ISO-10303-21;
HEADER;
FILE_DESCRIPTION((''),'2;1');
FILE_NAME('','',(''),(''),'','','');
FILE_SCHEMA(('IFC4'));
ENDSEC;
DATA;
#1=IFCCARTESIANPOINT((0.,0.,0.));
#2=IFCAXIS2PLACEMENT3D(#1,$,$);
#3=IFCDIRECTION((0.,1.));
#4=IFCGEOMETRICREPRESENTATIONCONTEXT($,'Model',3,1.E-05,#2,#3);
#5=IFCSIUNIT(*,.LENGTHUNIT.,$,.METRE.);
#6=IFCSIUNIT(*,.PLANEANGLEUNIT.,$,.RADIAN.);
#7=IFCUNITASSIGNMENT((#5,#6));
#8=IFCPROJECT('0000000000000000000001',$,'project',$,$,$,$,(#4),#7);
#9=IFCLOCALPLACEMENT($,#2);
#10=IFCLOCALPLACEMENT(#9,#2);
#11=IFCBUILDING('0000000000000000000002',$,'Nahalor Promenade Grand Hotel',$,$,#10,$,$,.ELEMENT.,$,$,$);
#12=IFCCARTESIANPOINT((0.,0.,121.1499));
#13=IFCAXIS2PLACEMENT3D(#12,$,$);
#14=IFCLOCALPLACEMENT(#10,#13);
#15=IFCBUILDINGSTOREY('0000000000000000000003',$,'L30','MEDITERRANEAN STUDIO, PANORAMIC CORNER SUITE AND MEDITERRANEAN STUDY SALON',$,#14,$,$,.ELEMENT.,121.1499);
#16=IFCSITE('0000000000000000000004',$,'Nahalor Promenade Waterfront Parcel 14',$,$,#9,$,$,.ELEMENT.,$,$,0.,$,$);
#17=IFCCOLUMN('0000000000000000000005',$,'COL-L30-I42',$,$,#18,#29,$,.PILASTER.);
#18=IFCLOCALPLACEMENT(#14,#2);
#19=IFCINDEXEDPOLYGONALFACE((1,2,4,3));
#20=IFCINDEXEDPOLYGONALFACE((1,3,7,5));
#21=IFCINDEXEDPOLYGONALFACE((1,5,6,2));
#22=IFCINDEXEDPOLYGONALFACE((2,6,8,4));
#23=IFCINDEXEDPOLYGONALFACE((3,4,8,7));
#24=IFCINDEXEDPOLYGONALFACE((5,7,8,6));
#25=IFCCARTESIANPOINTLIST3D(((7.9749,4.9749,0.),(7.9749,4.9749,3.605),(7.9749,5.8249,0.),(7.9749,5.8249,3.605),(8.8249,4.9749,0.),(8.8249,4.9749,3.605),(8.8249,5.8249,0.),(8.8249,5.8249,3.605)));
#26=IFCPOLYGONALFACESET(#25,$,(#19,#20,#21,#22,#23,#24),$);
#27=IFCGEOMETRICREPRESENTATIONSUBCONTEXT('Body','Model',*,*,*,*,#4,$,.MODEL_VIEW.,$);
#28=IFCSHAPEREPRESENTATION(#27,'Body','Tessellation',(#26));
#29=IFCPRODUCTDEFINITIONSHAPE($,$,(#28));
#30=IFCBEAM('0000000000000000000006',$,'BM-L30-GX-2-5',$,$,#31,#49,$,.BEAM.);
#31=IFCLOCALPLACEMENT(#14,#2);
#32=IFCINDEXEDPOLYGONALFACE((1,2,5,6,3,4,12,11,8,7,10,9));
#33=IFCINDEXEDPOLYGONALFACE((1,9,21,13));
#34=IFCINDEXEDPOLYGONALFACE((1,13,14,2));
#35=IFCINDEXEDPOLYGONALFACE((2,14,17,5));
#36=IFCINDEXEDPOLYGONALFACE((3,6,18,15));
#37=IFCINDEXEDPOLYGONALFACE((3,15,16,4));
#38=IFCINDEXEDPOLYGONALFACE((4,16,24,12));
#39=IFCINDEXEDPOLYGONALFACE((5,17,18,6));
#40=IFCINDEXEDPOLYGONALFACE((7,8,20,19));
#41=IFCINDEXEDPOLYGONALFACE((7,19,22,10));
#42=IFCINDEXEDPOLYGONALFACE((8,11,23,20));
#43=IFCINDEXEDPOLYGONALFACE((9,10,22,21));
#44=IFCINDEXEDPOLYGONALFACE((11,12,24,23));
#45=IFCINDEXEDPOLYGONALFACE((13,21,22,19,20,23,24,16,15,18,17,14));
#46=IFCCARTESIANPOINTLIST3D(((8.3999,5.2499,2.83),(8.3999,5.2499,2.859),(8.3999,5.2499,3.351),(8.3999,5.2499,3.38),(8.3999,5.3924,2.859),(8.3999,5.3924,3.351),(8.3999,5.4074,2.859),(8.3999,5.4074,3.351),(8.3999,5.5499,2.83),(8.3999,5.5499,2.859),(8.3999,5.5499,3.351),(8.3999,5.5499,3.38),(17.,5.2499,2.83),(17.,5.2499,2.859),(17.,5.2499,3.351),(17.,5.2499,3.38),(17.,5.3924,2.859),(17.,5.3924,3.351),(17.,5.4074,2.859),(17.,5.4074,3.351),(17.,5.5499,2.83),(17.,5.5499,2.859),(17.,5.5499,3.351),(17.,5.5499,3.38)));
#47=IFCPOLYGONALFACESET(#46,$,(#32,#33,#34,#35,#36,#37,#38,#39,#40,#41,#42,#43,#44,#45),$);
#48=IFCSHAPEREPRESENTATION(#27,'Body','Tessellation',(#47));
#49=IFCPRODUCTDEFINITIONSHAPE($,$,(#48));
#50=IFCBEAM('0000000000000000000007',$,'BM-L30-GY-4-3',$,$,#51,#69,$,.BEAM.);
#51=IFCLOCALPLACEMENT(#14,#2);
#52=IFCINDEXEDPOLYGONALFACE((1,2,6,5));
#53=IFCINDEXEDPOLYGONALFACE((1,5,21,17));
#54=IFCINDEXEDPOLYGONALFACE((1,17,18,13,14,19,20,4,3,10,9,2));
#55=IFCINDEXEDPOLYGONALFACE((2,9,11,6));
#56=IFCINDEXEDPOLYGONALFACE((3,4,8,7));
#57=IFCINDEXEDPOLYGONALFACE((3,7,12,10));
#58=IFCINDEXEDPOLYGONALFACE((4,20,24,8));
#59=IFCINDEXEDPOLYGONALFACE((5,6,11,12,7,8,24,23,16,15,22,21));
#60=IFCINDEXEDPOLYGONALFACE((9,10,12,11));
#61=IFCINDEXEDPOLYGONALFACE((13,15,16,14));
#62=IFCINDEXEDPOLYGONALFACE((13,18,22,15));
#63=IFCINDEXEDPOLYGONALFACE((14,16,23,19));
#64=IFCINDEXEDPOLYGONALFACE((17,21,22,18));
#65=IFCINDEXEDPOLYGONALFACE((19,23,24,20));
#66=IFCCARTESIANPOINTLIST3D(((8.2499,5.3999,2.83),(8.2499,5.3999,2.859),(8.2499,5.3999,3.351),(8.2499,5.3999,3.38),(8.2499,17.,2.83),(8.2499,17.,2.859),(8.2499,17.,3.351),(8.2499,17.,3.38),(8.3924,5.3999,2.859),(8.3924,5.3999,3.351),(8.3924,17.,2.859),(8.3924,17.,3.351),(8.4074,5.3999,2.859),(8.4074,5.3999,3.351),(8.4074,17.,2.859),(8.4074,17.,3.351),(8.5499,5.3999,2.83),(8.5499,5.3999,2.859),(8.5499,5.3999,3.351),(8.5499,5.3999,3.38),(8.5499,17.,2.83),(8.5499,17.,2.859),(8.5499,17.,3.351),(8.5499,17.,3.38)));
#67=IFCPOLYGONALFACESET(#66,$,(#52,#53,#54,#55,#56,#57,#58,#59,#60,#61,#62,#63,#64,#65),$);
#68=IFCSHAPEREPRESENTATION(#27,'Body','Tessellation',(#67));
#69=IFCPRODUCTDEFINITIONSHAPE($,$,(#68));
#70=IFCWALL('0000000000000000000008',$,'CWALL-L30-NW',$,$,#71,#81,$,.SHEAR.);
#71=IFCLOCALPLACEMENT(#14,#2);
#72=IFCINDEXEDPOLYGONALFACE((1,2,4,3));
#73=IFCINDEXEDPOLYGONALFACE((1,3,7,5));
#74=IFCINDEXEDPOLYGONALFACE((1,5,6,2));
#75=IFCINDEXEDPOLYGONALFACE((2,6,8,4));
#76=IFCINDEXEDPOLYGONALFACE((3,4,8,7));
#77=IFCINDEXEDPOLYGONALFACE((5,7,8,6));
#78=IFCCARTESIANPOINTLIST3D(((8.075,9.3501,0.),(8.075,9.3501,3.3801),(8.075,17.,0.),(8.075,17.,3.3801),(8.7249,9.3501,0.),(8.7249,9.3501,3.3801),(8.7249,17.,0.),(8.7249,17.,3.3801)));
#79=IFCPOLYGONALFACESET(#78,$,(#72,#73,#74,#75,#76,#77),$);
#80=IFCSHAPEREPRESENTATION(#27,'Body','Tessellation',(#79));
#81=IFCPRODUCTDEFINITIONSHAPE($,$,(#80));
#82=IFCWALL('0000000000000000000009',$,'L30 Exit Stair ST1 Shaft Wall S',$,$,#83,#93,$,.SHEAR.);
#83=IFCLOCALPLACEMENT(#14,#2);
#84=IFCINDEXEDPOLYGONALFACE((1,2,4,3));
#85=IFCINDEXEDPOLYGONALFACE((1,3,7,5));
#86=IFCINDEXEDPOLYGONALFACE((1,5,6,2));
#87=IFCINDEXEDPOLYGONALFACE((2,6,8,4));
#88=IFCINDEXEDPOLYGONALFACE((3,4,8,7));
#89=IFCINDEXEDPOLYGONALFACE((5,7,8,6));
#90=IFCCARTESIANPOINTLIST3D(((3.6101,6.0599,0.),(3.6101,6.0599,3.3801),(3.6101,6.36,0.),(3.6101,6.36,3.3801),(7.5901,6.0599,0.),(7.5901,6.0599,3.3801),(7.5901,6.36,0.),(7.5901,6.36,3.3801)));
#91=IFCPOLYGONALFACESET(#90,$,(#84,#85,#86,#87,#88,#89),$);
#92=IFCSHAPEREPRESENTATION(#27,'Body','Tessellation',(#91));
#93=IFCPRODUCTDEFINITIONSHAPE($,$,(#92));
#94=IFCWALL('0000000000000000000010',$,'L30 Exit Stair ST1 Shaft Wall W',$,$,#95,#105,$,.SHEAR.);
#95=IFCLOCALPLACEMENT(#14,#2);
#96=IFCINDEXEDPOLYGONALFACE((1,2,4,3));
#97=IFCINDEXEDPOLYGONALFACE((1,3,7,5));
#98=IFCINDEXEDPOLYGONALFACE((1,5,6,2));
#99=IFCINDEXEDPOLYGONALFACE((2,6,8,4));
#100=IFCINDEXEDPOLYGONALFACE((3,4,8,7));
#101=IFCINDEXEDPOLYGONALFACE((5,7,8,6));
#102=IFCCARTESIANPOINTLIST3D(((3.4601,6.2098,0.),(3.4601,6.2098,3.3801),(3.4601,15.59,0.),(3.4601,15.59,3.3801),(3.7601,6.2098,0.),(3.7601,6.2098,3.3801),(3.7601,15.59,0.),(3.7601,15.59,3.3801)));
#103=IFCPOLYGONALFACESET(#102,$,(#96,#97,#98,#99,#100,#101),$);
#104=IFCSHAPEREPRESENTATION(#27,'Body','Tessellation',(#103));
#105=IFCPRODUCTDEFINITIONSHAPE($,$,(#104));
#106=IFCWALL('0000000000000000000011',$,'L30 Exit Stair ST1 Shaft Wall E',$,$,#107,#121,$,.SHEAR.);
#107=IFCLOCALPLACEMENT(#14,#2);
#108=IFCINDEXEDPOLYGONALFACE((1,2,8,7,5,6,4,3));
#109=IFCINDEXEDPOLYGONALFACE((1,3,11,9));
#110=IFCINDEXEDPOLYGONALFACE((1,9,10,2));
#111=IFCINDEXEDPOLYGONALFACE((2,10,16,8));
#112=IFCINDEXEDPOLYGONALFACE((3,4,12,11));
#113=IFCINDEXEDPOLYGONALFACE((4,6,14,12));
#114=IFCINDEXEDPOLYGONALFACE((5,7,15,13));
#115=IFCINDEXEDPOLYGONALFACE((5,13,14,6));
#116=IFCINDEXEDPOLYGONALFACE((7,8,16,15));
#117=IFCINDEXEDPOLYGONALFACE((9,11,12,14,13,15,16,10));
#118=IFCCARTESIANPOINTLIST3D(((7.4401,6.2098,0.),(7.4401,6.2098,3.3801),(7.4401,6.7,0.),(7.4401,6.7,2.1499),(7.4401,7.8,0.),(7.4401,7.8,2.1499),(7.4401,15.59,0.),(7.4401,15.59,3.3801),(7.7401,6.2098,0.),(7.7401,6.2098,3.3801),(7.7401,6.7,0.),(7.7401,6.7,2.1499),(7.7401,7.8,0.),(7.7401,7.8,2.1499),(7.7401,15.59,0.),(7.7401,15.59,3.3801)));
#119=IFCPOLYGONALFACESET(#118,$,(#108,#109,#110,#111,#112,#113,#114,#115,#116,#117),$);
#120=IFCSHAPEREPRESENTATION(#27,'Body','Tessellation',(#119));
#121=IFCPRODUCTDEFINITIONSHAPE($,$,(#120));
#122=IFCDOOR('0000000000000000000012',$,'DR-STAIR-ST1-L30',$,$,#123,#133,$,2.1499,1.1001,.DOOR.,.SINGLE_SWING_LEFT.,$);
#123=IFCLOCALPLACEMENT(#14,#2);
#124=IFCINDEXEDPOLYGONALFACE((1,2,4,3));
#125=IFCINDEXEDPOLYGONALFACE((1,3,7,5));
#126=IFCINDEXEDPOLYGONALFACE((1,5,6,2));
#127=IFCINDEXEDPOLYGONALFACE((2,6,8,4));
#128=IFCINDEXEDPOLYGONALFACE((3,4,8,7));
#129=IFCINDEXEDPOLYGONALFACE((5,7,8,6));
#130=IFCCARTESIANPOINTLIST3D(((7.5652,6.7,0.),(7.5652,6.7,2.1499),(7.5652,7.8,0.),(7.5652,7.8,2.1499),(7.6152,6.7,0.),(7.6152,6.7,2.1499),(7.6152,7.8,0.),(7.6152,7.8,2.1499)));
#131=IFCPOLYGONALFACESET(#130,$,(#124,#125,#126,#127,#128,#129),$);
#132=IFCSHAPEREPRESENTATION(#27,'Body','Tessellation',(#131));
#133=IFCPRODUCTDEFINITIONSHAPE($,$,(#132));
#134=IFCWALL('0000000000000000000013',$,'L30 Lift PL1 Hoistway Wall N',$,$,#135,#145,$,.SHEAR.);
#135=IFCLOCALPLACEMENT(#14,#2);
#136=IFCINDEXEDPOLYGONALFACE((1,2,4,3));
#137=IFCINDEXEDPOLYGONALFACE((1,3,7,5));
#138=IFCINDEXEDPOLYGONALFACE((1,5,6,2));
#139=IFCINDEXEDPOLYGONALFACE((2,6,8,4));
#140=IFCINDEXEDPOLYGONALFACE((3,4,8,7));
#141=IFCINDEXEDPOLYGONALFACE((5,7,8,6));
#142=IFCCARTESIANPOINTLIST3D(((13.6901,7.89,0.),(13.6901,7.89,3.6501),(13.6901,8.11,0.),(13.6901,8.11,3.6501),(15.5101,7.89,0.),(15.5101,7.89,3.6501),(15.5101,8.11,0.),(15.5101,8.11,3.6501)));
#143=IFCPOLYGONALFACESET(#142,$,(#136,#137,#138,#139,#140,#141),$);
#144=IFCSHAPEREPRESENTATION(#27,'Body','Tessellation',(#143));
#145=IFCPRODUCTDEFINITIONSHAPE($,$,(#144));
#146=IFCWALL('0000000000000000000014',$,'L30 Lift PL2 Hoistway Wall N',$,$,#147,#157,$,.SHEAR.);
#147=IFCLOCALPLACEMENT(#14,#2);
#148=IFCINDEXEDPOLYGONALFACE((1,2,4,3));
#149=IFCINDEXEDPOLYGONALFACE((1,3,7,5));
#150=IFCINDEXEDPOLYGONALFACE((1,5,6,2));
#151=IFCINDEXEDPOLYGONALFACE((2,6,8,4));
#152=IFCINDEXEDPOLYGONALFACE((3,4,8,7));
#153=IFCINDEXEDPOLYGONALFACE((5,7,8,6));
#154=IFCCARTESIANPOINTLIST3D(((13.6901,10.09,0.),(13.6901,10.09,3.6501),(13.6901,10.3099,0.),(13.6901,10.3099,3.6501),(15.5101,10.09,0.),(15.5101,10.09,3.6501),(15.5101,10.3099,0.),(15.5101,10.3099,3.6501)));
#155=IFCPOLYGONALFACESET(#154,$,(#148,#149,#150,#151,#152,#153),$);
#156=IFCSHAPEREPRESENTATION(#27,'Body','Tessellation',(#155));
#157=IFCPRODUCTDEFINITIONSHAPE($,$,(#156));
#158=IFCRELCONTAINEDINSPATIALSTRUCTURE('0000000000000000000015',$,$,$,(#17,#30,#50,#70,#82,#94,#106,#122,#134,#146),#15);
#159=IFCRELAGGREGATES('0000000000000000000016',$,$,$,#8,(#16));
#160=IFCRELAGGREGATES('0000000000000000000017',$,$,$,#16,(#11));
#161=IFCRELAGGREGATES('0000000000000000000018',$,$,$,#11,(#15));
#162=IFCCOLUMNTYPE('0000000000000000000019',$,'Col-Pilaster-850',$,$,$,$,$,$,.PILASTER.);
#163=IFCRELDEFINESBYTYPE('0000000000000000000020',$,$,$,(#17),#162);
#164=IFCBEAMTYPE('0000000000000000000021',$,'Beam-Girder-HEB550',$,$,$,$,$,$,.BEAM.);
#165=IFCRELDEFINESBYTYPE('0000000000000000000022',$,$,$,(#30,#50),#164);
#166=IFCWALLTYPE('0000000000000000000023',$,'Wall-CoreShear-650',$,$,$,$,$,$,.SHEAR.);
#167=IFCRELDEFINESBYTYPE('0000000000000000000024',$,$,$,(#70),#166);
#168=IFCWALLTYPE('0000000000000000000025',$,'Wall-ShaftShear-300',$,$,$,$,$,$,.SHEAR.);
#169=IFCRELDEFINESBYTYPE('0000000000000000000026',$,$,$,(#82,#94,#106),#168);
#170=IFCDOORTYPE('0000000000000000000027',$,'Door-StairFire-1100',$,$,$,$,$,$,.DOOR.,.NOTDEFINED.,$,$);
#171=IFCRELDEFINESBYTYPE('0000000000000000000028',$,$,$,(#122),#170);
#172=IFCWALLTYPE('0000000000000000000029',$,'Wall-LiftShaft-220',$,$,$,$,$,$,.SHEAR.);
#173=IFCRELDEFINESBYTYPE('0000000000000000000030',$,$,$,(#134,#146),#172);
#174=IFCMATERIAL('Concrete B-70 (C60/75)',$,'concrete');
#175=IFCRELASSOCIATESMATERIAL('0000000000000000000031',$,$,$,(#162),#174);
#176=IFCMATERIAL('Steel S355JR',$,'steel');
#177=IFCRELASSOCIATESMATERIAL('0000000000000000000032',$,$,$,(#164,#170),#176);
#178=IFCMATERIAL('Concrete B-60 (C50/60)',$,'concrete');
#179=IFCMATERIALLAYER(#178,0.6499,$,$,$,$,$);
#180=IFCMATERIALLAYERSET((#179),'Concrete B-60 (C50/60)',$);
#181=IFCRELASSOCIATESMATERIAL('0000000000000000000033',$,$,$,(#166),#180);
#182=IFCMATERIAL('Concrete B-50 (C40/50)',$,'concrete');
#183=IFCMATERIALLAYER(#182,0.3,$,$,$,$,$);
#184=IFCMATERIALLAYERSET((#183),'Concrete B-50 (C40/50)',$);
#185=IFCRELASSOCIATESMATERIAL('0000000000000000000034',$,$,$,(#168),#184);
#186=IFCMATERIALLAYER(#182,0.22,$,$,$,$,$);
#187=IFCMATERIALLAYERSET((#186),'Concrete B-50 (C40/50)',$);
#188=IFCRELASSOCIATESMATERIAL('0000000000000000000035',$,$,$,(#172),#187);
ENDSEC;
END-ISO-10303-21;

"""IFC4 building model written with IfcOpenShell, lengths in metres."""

from ifc_helpers import new_model, si_unit, direction, frame, frame_2d, origin, origin_2d, place, context, subcontext, project, spatial, rectangle, i_section, extrude, source, transform, mapped, material, layer, layer_set, material_profile, profile_set, type_object, element, fill, save


model = new_model("IFC4")

# Units and contexts
model_context = context("Model", 3, precision=1e-05, world=origin(), true_north=direction((0.0, 1.0)))
body_context = subcontext(model_context, "Body", "Model", "MODEL_VIEW")
ifc_project = project(units=[si_unit("LENGTHUNIT", "METRE"), si_unit("PLANEANGLEUNIT", "RADIAN")], contexts=[model_context])

# Site, building, storey
site_placement = place(None, origin())
site = spatial("IfcSite", under=ifc_project, at=site_placement, Name="Nahalor Promenade Waterfront Parcel 14", CompositionType="ELEMENT", RefElevation=0.0)
building_placement = place(site_placement, origin())
building = spatial("IfcBuilding", under=site, at=building_placement, Name="Nahalor Promenade Grand Hotel", CompositionType="ELEMENT")
storey_placement = place(building_placement, frame((0.0, 0.0, 121.1499)))
storey = spatial("IfcBuildingStorey", under=building, at=storey_placement, Name="L30", Description="MEDITERRANEAN STUDIO, PANORAMIC CORNER SUITE AND MEDITERRANEAN STUDY SALON", CompositionType="ELEMENT", Elevation=121.1499)

# Column
ifc_material_1 = material(Name="Concrete B-70 (C60/75)", Category="concrete")
ifc_material_profile_1 = material_profile(ifc_material_1, rectangle(XDim=0.85, YDim=0.85, at=origin_2d()), Name="RC 850x850")
ifc_profile_set_1 = profile_set([ifc_material_profile_1], Name="Concrete B-70 (C60/75)")
column_type = type_object("IfcColumnType", Name="Col-Pilaster-850", PredefinedType="PILASTER", material=ifc_profile_set_1)
shared_shape_1 = source(origin(), body_context, "Body", "SweptSolid", [
    extrude(rectangle(XDim=0.85, YDim=0.85, at=origin_2d()), origin(), (0.0, 0.0, 1.0), 3.605),
])
column_placement = place(storey_placement, frame((8.3999, 5.3999, 0.0), z_axis=(0.0, 0.0, 1.0), x_axis=(1.0, 0.0, 0.0)))
element("IfcColumn", 1, at=column_placement, inside=storey, type_object=column_type, Name="COL-L30-I42", PredefinedType="PILASTER", context=body_context, shape_type="MappedRepresentation", body=[
    mapped(shared_shape_1, transform((0.0, 0.0, 0.0), scale=1.0)),
])

# Beams
ifc_material_2 = material(Name="Steel S355JR", Category="steel")
ifc_material_profile_2 = material_profile(ifc_material_2, i_section(OverallWidth=0.3, OverallDepth=0.55, WebThickness=0.015, FlangeThickness=0.029, at=origin_2d()), Name="HEB 550")
ifc_profile_set_2 = profile_set([ifc_material_profile_2], Name="Steel S355JR")
beam_type = type_object("IfcBeamType", Name="Beam-Girder-HEB550", PredefinedType="BEAM", material=ifc_profile_set_2)
shared_shape_2 = source(origin(), body_context, "Body", "SweptSolid", [
    extrude(i_section(OverallWidth=0.3, OverallDepth=0.55, WebThickness=0.015, FlangeThickness=0.029, at=origin_2d()), origin(), (0.0, 0.0, 1.0), 8.6001),
])
beam_1_placement = place(storey_placement, frame((8.3999, 5.3999, 3.105), z_axis=(1.0, 0.0, 0.0), x_axis=(0.0, 1.0, 0.0)))
element("IfcBeam", 2, at=beam_1_placement, inside=storey, type_object=beam_type, Name="BM-L30-GX-2-5", PredefinedType="BEAM", context=body_context, shape_type="MappedRepresentation", body=[
    mapped(shared_shape_2, transform((0.0, 0.0, 0.0), scale=1.0)),
])
shared_shape_3 = source(origin(), body_context, "Body", "SweptSolid", [
    extrude(i_section(OverallWidth=0.3, OverallDepth=0.55, WebThickness=0.015, FlangeThickness=0.029, at=origin_2d()), origin(), (0.0, 0.0, 1.0), 11.6001),
])
beam_2_placement = place(storey_placement, frame((8.3999, 5.3999, 3.105), z_axis=(0.0, 1.0, 0.0), x_axis=(-1.0, 0.0, 0.0)))
element("IfcBeam", 3, at=beam_2_placement, inside=storey, type_object=beam_type, Name="BM-L30-GY-4-3", PredefinedType="BEAM", context=body_context, shape_type="MappedRepresentation", body=[
    mapped(shared_shape_3, transform((0.0, 0.0, 0.0), scale=1.0)),
])

# Walls
ifc_material_3 = material(Name="Concrete B-60 (C50/60)", Category="concrete")
ifc_layer_1 = layer(ifc_material_3, 0.6499)
ifc_layer_set_1 = layer_set([ifc_layer_1], Name="Concrete B-60 (C50/60)")
wall_type_1 = type_object("IfcWallType", Name="Wall-CoreShear-650", PredefinedType="SHEAR", material=ifc_layer_set_1)
shared_shape_4 = source(origin(), body_context, "Body", "SweptSolid", [
    extrude(rectangle(XDim=7.6499, YDim=0.6499, at=frame_2d((3.825, 0.0))), origin(), (0.0, 0.0, 1.0), 3.3801),
])
wall_1_placement = place(storey_placement, frame((8.3999, 9.3501, 0.0), z_axis=(0.0, 0.0, 1.0), x_axis=(0.0, 1.0, 0.0)))
element("IfcWall", 4, at=wall_1_placement, inside=storey, type_object=wall_type_1, Name="CWALL-L30-NW", PredefinedType="SHEAR", context=body_context, shape_type="MappedRepresentation", body=[
    mapped(shared_shape_4, transform((0.0, 0.0, 0.0), scale=1.0)),
])
ifc_material_4 = material(Name="Concrete B-50 (C40/50)", Category="concrete")
ifc_layer_2 = layer(ifc_material_4, 0.3)
ifc_layer_set_2 = layer_set([ifc_layer_2], Name="Concrete B-50 (C40/50)")
wall_type_2 = type_object("IfcWallType", Name="Wall-ShaftShear-300", PredefinedType="SHEAR", material=ifc_layer_set_2)
shared_shape_5 = source(origin(), body_context, "Body", "SweptSolid", [
    extrude(rectangle(XDim=3.98, YDim=0.3, at=frame_2d((1.99, 0.0))), origin(), (0.0, 0.0, 1.0), 3.3801),
])
wall_2_placement = place(storey_placement, frame((3.6101, 6.21, 0.0), z_axis=(0.0, 0.0, 1.0), x_axis=(1.0, 0.0, 0.0)))
element("IfcWall", 5, at=wall_2_placement, inside=storey, type_object=wall_type_2, Name="L30 Exit Stair ST1 Shaft Wall S", PredefinedType="SHEAR", context=body_context, shape_type="MappedRepresentation", body=[
    mapped(shared_shape_5, transform((0.0, 0.0, 0.0), scale=1.0)),
])
shared_shape_6 = source(origin(), body_context, "Body", "SweptSolid", [
    extrude(rectangle(XDim=9.3801, YDim=0.3, at=frame_2d((4.6899, 0.0))), origin(), (0.0, 0.0, 1.0), 3.3801),
])
wall_3_placement = place(storey_placement, frame((3.6101, 6.21, 0.0), z_axis=(0.0, 0.0, 1.0), x_axis=(0.0, 1.0, 0.0)))
element("IfcWall", 6, at=wall_3_placement, inside=storey, type_object=wall_type_2, Name="L30 Exit Stair ST1 Shaft Wall W", PredefinedType="SHEAR", context=body_context, shape_type="MappedRepresentation", body=[
    mapped(shared_shape_6, transform((0.0, 0.0, 0.0), scale=1.0)),
])

# Wall, opening, door
wall_4_placement = place(storey_placement, frame((7.5901, 6.21, 0.0), z_axis=(0.0, 0.0, 1.0), x_axis=(0.0, 1.0, 0.0)))
wall_4 = element("IfcWall", 7, at=wall_4_placement, inside=storey, type_object=wall_type_2, Name="L30 Exit Stair ST1 Shaft Wall E", PredefinedType="SHEAR", context=body_context, shape_type="MappedRepresentation", body=[
    mapped(shared_shape_6, transform((0.0, 0.0, 0.0), scale=1.0)),
])
opening_1_placement = place(wall_4_placement, frame((0.49, 0.0, 0.0)))
opening_1 = element("IfcOpeningElement", 8, at=opening_1_placement, cuts=wall_4, PredefinedType="OPENING", context=body_context, shape_type="SweptSolid", body=[
    extrude(rectangle(XDim=1.1001, YDim=2.1499, at=frame_2d((0.55, 1.075))), frame((0.0, 0.1599, 0.0), z_axis=(0.0, -1.0, 0.0), x_axis=(1.0, 0.0, 0.0)), (0.0, 0.0, 1.0), 0.3201),
])
door_type_1 = type_object("IfcDoorType", Name="Door-StairFire-1100", OperationType="NOTDEFINED", PredefinedType="DOOR", material=ifc_material_2)
shared_shape_7 = source(origin(), body_context, "Body", "SweptSolid", [
    extrude(rectangle(XDim=1.1001, YDim=2.1499, at=frame_2d((0.55, 1.075))), frame((0.0, 0.0249, 0.0), z_axis=(0.0, -1.0, 0.0), x_axis=(1.0, 0.0, 0.0)), (0.0, 0.0, 1.0), 0.05),
])
door_1_placement = place(opening_1_placement, origin())
door_1 = element("IfcDoor", 9, at=door_1_placement, inside=storey, type_object=door_type_1, Name="DR-STAIR-ST1-L30", OperationType="SINGLE_SWING_LEFT", OverallHeight=2.1499, OverallWidth=1.1001, PredefinedType="DOOR", context=body_context, shape_type="MappedRepresentation", body=[
    mapped(shared_shape_7, transform((0.0, 0.0, 0.0), scale=1.0)),
])
fill(opening_1, door_1)

# Walls
ifc_layer_3 = layer(ifc_material_4, 0.22)
ifc_layer_set_3 = layer_set([ifc_layer_3], Name="Concrete B-50 (C40/50)")
wall_type_3 = type_object("IfcWallType", Name="Wall-LiftShaft-220", PredefinedType="SHEAR", material=ifc_layer_set_3)
shared_shape_8 = source(origin(), body_context, "Body", "SweptSolid", [
    extrude(rectangle(XDim=1.8201, YDim=0.22, at=frame_2d((0.9102, 0.0))), origin(), (0.0, 0.0, 1.0), 3.6501),
])
for number, where, z_axis, x_axis, name in (
    (10, (13.6899, 8.0, 0.0), (0.0, 0.0, 1.0), (1.0, 0.0, 0.0), "L30 Lift PL1 Hoistway Wall N"),
    (11, (13.6899, 10.2, 0.0), (0.0, 0.0, 1.0), (1.0, 0.0, 0.0), "L30 Lift PL2 Hoistway Wall N"),
):
    element("IfcWall", number, at=place(storey_placement, frame(where, z_axis=z_axis, x_axis=x_axis)), inside=storey, type_object=wall_type_3, Name=name, PredefinedType="SHEAR", context=body_context, shape_type="MappedRepresentation", body=[
        mapped(shared_shape_8, transform((0.0, 0.0, 0.0), scale=1.0)),
    ])

save(model, "model.ifc")
